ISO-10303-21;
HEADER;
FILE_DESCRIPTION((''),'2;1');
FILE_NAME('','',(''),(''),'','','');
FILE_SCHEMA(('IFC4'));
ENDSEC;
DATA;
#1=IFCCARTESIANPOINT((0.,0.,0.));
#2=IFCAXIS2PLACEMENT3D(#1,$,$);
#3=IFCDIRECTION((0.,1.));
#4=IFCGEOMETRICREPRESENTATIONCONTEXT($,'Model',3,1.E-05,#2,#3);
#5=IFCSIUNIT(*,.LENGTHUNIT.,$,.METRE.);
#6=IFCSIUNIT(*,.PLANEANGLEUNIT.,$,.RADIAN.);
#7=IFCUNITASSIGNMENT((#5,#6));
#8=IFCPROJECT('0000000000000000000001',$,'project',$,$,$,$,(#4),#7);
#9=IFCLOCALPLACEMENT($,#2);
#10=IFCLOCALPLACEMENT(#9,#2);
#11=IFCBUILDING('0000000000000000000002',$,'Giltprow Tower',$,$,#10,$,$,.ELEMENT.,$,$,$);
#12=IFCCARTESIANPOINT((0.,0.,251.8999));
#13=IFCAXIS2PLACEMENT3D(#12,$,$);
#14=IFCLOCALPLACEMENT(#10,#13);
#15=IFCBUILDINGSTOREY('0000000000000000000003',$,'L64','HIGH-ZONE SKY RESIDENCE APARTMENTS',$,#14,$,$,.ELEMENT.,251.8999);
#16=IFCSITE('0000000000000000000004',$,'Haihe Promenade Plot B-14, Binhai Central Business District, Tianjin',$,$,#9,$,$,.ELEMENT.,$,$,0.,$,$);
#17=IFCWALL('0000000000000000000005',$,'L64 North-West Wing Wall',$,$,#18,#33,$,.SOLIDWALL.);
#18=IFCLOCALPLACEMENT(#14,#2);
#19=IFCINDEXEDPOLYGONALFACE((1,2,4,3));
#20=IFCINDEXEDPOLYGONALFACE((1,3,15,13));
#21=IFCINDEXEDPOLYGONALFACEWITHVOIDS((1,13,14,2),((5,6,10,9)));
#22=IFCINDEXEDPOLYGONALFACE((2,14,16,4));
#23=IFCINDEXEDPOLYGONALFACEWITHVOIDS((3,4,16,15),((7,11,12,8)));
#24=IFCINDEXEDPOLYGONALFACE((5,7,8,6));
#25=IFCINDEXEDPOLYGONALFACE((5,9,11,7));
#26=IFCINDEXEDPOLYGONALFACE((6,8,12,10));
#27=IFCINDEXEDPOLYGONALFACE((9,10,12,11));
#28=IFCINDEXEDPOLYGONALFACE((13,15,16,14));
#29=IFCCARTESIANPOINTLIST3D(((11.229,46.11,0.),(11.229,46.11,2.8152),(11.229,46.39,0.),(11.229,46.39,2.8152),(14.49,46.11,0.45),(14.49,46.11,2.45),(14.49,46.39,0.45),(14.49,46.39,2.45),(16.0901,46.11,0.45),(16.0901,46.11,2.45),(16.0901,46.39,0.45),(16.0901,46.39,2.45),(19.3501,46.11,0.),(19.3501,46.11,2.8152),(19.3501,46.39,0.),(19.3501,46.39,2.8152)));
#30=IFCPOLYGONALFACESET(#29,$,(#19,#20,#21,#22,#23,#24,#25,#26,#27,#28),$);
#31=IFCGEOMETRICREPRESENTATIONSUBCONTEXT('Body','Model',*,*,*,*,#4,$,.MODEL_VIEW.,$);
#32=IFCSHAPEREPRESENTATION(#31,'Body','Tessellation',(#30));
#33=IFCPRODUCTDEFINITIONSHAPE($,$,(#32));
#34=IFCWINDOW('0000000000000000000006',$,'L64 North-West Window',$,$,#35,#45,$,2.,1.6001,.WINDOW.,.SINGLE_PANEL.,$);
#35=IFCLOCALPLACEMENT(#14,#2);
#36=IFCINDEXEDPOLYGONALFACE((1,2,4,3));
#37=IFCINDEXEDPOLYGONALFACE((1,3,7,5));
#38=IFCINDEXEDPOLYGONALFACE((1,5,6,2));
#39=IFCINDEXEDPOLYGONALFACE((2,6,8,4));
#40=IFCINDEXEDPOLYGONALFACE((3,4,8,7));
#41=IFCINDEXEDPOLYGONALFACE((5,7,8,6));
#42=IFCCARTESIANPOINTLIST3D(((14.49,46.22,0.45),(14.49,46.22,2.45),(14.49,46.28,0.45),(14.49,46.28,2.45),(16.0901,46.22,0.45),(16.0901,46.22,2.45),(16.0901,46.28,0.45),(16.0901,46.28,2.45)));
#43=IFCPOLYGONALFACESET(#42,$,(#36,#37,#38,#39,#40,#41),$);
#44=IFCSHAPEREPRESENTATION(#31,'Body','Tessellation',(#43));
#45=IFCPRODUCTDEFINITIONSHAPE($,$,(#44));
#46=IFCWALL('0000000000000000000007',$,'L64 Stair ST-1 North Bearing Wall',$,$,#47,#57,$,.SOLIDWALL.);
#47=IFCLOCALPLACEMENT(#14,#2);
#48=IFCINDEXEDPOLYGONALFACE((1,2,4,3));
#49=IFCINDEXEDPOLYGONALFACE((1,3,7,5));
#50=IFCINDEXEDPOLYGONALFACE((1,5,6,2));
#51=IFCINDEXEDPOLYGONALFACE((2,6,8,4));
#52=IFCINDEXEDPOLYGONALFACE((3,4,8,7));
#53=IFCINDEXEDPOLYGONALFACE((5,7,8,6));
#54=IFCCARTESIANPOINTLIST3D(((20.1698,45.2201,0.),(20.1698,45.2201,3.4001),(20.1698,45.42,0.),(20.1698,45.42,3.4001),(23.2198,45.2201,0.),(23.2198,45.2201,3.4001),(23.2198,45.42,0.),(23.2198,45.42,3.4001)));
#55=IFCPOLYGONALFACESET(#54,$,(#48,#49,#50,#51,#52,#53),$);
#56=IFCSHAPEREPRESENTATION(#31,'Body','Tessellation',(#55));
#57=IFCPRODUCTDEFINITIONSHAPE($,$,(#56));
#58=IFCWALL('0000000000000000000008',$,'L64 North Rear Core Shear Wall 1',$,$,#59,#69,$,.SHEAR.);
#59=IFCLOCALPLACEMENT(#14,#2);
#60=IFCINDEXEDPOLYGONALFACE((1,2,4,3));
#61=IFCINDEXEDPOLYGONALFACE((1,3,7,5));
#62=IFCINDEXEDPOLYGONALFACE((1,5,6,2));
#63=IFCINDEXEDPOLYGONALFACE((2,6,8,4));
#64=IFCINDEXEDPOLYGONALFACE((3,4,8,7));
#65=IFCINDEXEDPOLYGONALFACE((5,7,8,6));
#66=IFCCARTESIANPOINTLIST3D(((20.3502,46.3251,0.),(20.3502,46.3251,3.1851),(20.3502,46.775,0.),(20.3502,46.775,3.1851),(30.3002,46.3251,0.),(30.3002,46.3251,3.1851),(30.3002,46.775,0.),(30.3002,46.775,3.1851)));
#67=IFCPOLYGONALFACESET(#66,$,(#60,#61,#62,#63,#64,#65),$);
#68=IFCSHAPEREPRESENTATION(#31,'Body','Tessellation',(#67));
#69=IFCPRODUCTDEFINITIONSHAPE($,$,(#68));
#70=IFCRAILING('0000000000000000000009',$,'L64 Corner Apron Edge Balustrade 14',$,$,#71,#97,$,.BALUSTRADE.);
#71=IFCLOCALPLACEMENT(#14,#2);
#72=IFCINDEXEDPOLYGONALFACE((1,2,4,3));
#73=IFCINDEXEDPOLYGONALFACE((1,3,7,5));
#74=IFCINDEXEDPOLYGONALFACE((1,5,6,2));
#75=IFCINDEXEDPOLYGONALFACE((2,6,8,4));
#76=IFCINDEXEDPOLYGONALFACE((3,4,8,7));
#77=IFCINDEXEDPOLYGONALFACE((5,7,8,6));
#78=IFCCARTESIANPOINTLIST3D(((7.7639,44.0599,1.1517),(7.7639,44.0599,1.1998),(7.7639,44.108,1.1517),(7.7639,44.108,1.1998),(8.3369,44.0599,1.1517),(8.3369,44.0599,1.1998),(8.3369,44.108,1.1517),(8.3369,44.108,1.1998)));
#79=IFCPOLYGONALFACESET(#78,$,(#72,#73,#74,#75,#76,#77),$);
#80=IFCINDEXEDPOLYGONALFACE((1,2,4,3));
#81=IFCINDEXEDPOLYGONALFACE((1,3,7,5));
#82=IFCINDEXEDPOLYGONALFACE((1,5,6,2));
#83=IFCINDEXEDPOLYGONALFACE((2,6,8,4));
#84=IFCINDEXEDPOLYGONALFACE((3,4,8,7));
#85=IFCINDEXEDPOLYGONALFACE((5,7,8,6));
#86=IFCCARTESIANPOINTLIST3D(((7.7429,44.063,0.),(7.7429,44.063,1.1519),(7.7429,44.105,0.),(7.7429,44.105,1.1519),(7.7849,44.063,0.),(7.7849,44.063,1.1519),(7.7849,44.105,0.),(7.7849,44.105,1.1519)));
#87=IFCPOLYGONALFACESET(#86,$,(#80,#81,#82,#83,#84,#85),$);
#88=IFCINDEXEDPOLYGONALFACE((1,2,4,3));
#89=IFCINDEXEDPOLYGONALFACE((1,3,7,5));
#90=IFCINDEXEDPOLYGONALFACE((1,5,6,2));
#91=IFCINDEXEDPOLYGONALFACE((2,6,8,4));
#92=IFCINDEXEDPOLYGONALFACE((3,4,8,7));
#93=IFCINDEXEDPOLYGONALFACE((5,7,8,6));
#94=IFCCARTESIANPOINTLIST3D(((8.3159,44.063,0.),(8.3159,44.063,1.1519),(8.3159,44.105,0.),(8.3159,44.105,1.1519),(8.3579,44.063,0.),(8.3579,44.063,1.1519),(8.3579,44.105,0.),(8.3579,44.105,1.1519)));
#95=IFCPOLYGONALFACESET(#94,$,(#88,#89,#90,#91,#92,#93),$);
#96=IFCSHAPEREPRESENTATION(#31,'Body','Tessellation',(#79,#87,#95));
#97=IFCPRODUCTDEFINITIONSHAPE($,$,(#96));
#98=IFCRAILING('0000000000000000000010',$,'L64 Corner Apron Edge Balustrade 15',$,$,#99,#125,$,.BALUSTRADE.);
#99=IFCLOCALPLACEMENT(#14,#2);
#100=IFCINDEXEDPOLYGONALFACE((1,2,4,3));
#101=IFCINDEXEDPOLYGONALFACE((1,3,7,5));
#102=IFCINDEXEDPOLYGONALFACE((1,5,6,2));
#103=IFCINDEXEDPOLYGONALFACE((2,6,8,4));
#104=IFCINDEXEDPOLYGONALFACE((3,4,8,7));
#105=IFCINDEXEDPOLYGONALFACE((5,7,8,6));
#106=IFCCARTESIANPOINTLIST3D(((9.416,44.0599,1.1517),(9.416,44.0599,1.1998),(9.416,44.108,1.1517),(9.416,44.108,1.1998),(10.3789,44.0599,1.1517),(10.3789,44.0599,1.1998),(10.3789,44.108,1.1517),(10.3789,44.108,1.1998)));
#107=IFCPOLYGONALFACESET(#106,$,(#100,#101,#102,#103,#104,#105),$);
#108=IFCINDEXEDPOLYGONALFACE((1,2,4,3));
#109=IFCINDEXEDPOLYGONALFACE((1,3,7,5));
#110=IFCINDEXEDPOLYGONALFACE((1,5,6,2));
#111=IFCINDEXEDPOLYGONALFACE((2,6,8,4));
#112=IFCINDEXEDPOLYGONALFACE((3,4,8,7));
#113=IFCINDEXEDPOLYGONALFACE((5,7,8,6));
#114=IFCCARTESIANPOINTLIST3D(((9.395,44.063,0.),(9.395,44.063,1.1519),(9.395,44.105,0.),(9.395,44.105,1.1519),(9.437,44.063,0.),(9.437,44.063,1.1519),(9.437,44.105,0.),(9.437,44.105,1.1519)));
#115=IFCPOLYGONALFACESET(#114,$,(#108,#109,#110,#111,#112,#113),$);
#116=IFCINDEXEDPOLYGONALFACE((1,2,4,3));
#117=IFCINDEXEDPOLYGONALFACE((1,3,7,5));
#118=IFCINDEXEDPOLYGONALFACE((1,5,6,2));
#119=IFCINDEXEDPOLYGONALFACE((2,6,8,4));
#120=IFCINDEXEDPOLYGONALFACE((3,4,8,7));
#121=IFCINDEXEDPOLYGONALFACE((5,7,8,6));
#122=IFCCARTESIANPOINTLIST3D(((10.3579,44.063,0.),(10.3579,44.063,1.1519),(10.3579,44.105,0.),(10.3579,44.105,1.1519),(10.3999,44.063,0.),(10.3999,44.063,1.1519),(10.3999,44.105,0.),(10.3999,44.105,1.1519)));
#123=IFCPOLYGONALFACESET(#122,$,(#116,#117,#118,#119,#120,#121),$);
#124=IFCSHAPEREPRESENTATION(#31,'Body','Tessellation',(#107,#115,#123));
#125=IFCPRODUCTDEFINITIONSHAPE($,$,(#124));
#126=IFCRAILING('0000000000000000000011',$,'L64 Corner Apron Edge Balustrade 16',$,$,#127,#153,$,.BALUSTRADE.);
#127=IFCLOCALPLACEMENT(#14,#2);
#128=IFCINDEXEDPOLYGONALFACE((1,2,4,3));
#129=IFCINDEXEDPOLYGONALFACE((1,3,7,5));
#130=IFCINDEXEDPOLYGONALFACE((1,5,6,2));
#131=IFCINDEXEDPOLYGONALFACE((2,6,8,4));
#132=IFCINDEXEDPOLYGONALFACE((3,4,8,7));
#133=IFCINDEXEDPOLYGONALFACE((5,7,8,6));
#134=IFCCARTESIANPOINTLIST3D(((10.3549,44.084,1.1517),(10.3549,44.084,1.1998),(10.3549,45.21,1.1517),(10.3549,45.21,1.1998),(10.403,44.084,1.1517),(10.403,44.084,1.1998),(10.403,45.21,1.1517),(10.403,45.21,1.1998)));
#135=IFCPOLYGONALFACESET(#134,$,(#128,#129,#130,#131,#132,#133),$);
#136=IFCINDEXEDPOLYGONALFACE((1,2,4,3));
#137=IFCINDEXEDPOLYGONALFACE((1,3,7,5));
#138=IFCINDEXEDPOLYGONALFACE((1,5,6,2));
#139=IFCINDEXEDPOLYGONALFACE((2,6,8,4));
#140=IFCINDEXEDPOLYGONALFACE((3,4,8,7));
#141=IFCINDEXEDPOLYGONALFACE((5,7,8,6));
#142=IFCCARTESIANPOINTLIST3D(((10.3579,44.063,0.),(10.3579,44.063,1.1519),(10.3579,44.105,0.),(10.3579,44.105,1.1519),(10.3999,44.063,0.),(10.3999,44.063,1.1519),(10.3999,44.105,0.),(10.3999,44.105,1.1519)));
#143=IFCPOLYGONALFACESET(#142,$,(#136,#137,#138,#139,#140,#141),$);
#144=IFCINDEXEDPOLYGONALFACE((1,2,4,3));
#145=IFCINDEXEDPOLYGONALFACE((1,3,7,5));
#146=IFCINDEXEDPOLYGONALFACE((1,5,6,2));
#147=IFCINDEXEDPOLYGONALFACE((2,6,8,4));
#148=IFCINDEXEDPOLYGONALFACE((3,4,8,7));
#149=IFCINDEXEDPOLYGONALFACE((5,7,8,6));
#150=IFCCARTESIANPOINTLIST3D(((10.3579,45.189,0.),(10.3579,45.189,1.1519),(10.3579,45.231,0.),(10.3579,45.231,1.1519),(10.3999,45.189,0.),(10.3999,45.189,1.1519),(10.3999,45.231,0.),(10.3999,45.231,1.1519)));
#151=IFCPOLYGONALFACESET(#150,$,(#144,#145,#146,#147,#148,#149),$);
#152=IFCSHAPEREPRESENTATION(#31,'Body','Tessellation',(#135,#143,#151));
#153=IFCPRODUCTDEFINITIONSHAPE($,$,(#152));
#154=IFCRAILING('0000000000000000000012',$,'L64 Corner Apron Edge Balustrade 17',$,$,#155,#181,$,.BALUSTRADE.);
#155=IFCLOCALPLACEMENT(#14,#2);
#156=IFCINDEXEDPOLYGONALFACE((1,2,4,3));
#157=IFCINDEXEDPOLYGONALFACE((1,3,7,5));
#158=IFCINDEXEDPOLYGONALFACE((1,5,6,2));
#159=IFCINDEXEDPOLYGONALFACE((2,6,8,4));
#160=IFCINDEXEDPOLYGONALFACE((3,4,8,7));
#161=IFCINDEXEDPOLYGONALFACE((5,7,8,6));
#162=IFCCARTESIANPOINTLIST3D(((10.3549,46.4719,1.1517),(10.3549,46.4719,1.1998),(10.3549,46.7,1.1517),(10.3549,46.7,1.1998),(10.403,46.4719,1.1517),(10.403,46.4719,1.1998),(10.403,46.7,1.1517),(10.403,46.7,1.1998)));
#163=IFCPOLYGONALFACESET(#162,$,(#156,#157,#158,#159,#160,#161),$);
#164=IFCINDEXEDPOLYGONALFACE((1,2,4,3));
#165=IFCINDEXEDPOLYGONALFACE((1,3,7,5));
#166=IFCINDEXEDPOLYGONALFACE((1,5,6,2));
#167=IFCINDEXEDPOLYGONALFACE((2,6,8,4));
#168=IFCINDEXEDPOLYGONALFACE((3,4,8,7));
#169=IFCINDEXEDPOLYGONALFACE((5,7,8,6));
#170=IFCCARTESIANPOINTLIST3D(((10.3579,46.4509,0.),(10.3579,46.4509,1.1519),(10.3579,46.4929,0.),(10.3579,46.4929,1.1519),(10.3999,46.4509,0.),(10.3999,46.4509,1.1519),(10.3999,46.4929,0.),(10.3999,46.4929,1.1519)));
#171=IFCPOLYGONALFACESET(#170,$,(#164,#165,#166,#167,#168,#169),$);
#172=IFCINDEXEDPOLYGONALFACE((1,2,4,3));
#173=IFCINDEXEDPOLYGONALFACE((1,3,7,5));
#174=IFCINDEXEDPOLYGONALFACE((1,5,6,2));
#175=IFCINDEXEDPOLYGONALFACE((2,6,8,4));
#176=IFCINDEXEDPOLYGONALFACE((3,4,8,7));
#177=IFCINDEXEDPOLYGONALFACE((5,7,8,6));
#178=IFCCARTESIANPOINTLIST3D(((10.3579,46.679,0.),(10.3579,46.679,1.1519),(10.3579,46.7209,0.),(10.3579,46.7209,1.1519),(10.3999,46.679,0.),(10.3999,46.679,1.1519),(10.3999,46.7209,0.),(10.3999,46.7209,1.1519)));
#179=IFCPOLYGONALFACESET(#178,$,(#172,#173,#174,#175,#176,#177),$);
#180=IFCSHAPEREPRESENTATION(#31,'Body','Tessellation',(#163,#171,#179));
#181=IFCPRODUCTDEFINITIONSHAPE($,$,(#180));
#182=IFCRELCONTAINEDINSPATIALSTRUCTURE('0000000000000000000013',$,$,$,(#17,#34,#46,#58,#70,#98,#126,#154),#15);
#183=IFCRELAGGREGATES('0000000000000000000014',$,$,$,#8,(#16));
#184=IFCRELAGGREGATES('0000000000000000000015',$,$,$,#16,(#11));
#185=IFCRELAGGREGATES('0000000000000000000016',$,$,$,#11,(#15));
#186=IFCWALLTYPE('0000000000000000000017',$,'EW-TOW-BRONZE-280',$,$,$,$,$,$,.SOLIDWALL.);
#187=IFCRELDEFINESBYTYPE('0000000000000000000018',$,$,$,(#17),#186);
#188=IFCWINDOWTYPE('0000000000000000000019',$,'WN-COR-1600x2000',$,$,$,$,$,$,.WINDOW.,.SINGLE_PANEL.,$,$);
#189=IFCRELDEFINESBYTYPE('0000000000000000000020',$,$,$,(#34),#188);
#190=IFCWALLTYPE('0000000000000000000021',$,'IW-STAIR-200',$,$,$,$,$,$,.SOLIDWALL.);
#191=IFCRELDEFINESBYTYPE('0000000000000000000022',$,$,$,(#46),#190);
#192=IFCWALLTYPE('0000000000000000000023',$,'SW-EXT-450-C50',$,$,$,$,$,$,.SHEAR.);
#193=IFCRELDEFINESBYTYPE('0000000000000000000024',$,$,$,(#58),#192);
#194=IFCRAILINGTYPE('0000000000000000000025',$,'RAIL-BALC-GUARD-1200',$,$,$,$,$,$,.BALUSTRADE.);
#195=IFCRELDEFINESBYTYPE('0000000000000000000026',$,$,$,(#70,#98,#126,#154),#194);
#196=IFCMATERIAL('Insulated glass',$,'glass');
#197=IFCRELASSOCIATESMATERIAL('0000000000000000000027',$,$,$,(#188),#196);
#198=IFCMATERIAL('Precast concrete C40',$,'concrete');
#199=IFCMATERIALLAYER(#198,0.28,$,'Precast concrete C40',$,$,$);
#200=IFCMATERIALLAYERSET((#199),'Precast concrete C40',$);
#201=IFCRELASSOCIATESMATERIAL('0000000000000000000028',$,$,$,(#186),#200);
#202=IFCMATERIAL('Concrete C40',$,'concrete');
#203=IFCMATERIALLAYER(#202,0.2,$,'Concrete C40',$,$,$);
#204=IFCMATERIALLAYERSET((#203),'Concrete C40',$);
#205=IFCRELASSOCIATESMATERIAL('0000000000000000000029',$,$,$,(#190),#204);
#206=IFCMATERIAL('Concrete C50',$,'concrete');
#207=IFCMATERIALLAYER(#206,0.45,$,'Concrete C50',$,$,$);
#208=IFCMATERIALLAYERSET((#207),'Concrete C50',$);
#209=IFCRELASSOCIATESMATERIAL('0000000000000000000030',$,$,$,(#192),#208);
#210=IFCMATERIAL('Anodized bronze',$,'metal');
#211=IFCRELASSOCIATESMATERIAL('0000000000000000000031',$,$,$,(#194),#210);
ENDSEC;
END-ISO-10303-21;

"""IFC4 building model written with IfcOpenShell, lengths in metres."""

from ifc_helpers import new_model, si_unit, direction, frame, frame_2d, origin, origin_2d, place, context, subcontext, project, spatial, rectangle, extrude, source, transform, mapped, material, layer, layer_set, type_object, element, fill, save


model = new_model("IFC4")

# Units and contexts
model_context = context("Model", 3, precision=1e-05, world=origin(), true_north=direction((0.0, 1.0)))
body_context = subcontext(model_context, "Body", "Model", "MODEL_VIEW")
ifc_project = project(units=[si_unit("LENGTHUNIT", "METRE"), si_unit("PLANEANGLEUNIT", "RADIAN")], contexts=[model_context])

# Site, building, storey
site_placement = place(None, origin())
site = spatial("IfcSite", under=ifc_project, at=site_placement, Name="Haihe Promenade Plot B-14, Binhai Central Business District, Tianjin", CompositionType="ELEMENT", RefElevation=0.0)
building_placement = place(site_placement, origin())
building = spatial("IfcBuilding", under=site, at=building_placement, Name="Giltprow Tower", CompositionType="ELEMENT")
storey_placement = place(building_placement, frame((0.0, 0.0, 251.8999)))
storey = spatial("IfcBuildingStorey", under=building, at=storey_placement, Name="L64", Description="HIGH-ZONE SKY RESIDENCE APARTMENTS", CompositionType="ELEMENT", Elevation=251.8999)

# Shared definitions
ifc_material_1 = material(Name="Concrete C50", Category="concrete")

# Wall, opening, window
ifc_material_2 = material(Name="Precast concrete C40", Category="concrete")
ifc_material_3 = material(Name="Insulated glass", Category="glass")
window_type = type_object("IfcWindowType", Name="WN-COR-1600x2000", PartitioningType="SINGLE_PANEL", PredefinedType="WINDOW", material=ifc_material_3)
shared_shape_1 = source(origin(), body_context, "Body", "SweptSolid", [
    extrude(rectangle(XDim=1.6001, YDim=2.0, at=frame_2d((0.8, 1.0))), frame((0.0, 0.03, 0.0), z_axis=(0.0, -1.0, 0.0), x_axis=(1.0, 0.0, 0.0)), (0.0, 0.0, 1.0), 0.0601),
])
ifc_layer_1 = layer(ifc_material_2, 0.28, Name="Precast concrete C40")
ifc_layer_set_1 = layer_set([ifc_layer_1], Name="Precast concrete C40")
wall_type_1 = type_object("IfcWallType", Name="EW-TOW-BRONZE-280", PredefinedType="SOLIDWALL", material=ifc_layer_set_1)
wall_1_placement = place(storey_placement, frame((11.229, 46.25, 0.0), z_axis=(0.0, 0.0, 1.0), x_axis=(1.0, 0.0, 0.0)))
wall_1 = element("IfcWall", 1, at=wall_1_placement, inside=storey, type_object=wall_type_1, Name="L64 North-West Wing Wall", PredefinedType="SOLIDWALL", context=body_context, shape_type="SweptSolid", body=[
    extrude(rectangle(XDim=8.1211, YDim=0.28, at=frame_2d((4.0605, 0.0))), origin(), (0.0, 0.0, 1.0), 2.8152),
])
opening_1_placement = place(wall_1_placement, frame((3.261, 0.0, 0.45)))
opening_1 = element("IfcOpeningElement", 2, at=opening_1_placement, cuts=wall_1, PredefinedType="OPENING", context=body_context, shape_type="SweptSolid", body=[
    extrude(rectangle(XDim=1.6001, YDim=2.0, at=frame_2d((0.8, 1.0))), frame((0.0, 0.1499, 0.0), z_axis=(0.0, -1.0, 0.0), x_axis=(1.0, 0.0, 0.0)), (0.0, 0.0, 1.0), 0.3),
])
window_1_placement = place(opening_1_placement, origin())
window_1 = element("IfcWindow", 3, at=window_1_placement, inside=storey, type_object=window_type, Name="L64 North-West Window", OverallHeight=2.0, OverallWidth=1.6001, PartitioningType="SINGLE_PANEL", PredefinedType="WINDOW", context=body_context, shape_type="MappedRepresentation", body=[
    mapped(shared_shape_1, transform((0.0, 0.0, 0.0), x_axis=(1.0, 0.0, 0.0), y_axis=(0.0, 1.0, 0.0), z_axis=(0.0, 0.0, 1.0), scale=1.0)),
])
fill(opening_1, window_1)

# Walls
ifc_material_4 = material(Name="Concrete C40", Category="concrete")
ifc_layer_2 = layer(ifc_material_4, 0.2, Name="Concrete C40")
ifc_layer_set_2 = layer_set([ifc_layer_2], Name="Concrete C40")
wall_type_2 = type_object("IfcWallType", Name="IW-STAIR-200", PredefinedType="SOLIDWALL", material=ifc_layer_set_2)
wall_2_placement = place(storey_placement, frame((20.1699, 45.3201, 0.0), z_axis=(0.0, 0.0, 1.0), x_axis=(1.0, 0.0, 0.0)))
element("IfcWall", 4, at=wall_2_placement, inside=storey, type_object=wall_type_2, Name="L64 Stair ST-1 North Bearing Wall", PredefinedType="SOLIDWALL", context=body_context, shape_type="SweptSolid", body=[
    extrude(rectangle(XDim=3.05, YDim=0.2, at=frame_2d((1.5249, 0.0))), origin(), (0.0, 0.0, 1.0), 3.4001),
])
ifc_layer_3 = layer(ifc_material_1, 0.45, Name="Concrete C50")
ifc_layer_set_3 = layer_set([ifc_layer_3], Name="Concrete C50")
wall_type_3 = type_object("IfcWallType", Name="SW-EXT-450-C50", PredefinedType="SHEAR", material=ifc_layer_set_3)
wall_3_placement = place(storey_placement, frame((20.3501, 46.55, 0.0), z_axis=(0.0, 0.0, 1.0), x_axis=(1.0, 0.0, 0.0)))
element("IfcWall", 5, at=wall_3_placement, inside=storey, type_object=wall_type_3, Name="L64 North Rear Core Shear Wall 1", PredefinedType="SHEAR", context=body_context, shape_type="SweptSolid", body=[
    extrude(rectangle(XDim=9.95, YDim=0.45, at=frame_2d((4.9751, 0.0))), origin(), (0.0, 0.0, 1.0), 3.1851),
])

# Railings
ifc_material_5 = material(Name="Anodized bronze", Category="metal")
railing_type_1 = type_object("IfcRailingType", Name="RAIL-BALC-GUARD-1200", PredefinedType="BALUSTRADE", material=ifc_material_5)
railing_1_placement = place(storey_placement, frame((7.7639, 44.084, 0.0)))
element("IfcRailing", 6, at=railing_1_placement, inside=storey, type_object=railing_type_1, Name="L64 Corner Apron Edge Balustrade 14", PredefinedType="BALUSTRADE", context=body_context, shape_type="SweptSolid", body=[
    extrude(rectangle(XDim=0.0481, YDim=0.0481, at=origin_2d()), frame((0.0, 0.0, 1.1758), z_axis=(1.0, 0.0, 0.0), x_axis=(0.0, 1.0, 0.0)), (0.0, 0.0, 1.0), 0.573),
    extrude(rectangle(XDim=0.042, YDim=0.042, at=origin_2d()), origin(), (0.0, 0.0, 1.0), 1.1519),
    extrude(rectangle(XDim=0.042, YDim=0.042, at=origin_2d()), frame((0.573, 0.0, 0.0)), (0.0, 0.0, 1.0), 1.1519),
])
railing_2_placement = place(storey_placement, frame((9.416, 44.084, 0.0)))
element("IfcRailing", 7, at=railing_2_placement, inside=storey, type_object=railing_type_1, Name="L64 Corner Apron Edge Balustrade 15", PredefinedType="BALUSTRADE", context=body_context, shape_type="SweptSolid", body=[
    extrude(rectangle(XDim=0.0481, YDim=0.0481, at=origin_2d()), frame((0.0, 0.0, 1.1758), z_axis=(1.0, 0.0, 0.0), x_axis=(0.0, 1.0, 0.0)), (0.0, 0.0, 1.0), 0.9629),
    extrude(rectangle(XDim=0.042, YDim=0.042, at=origin_2d()), origin(), (0.0, 0.0, 1.0), 1.1519),
    extrude(rectangle(XDim=0.042, YDim=0.042, at=origin_2d()), frame((0.9629, 0.0, 0.0)), (0.0, 0.0, 1.0), 1.1519),
])
railing_3_placement = place(storey_placement, frame((10.3789, 44.084, 0.0)))
element("IfcRailing", 8, at=railing_3_placement, inside=storey, type_object=railing_type_1, Name="L64 Corner Apron Edge Balustrade 16", PredefinedType="BALUSTRADE", context=body_context, shape_type="SweptSolid", body=[
    extrude(rectangle(XDim=0.0481, YDim=0.0481, at=origin_2d()), frame((0.0, 0.0, 1.1758), z_axis=(0.0, 1.0, 0.0), x_axis=(-1.0, 0.0, 0.0)), (0.0, 0.0, 1.0), 1.126),
    extrude(rectangle(XDim=0.042, YDim=0.042, at=origin_2d()), origin(), (0.0, 0.0, 1.0), 1.1519),
    extrude(rectangle(XDim=0.042, YDim=0.042, at=origin_2d()), frame((0.0, 1.126, 0.0)), (0.0, 0.0, 1.0), 1.1519),
])
railing_4_placement = place(storey_placement, frame((10.3789, 46.4719, 0.0)))
element("IfcRailing", 9, at=railing_4_placement, inside=storey, type_object=railing_type_1, Name="L64 Corner Apron Edge Balustrade 17", PredefinedType="BALUSTRADE", context=body_context, shape_type="SweptSolid", body=[
    extrude(rectangle(XDim=0.0481, YDim=0.0481, at=origin_2d()), frame((0.0, 0.0, 1.1758), z_axis=(0.0, 1.0, 0.0), x_axis=(-1.0, 0.0, 0.0)), (0.0, 0.0, 1.0), 0.228),
    extrude(rectangle(XDim=0.042, YDim=0.042, at=origin_2d()), origin(), (0.0, 0.0, 1.0), 1.1519),
    extrude(rectangle(XDim=0.042, YDim=0.042, at=origin_2d()), frame((0.0, 0.228, 0.0)), (0.0, 0.0, 1.0), 1.1519),
])

save(model, "model.ifc")
